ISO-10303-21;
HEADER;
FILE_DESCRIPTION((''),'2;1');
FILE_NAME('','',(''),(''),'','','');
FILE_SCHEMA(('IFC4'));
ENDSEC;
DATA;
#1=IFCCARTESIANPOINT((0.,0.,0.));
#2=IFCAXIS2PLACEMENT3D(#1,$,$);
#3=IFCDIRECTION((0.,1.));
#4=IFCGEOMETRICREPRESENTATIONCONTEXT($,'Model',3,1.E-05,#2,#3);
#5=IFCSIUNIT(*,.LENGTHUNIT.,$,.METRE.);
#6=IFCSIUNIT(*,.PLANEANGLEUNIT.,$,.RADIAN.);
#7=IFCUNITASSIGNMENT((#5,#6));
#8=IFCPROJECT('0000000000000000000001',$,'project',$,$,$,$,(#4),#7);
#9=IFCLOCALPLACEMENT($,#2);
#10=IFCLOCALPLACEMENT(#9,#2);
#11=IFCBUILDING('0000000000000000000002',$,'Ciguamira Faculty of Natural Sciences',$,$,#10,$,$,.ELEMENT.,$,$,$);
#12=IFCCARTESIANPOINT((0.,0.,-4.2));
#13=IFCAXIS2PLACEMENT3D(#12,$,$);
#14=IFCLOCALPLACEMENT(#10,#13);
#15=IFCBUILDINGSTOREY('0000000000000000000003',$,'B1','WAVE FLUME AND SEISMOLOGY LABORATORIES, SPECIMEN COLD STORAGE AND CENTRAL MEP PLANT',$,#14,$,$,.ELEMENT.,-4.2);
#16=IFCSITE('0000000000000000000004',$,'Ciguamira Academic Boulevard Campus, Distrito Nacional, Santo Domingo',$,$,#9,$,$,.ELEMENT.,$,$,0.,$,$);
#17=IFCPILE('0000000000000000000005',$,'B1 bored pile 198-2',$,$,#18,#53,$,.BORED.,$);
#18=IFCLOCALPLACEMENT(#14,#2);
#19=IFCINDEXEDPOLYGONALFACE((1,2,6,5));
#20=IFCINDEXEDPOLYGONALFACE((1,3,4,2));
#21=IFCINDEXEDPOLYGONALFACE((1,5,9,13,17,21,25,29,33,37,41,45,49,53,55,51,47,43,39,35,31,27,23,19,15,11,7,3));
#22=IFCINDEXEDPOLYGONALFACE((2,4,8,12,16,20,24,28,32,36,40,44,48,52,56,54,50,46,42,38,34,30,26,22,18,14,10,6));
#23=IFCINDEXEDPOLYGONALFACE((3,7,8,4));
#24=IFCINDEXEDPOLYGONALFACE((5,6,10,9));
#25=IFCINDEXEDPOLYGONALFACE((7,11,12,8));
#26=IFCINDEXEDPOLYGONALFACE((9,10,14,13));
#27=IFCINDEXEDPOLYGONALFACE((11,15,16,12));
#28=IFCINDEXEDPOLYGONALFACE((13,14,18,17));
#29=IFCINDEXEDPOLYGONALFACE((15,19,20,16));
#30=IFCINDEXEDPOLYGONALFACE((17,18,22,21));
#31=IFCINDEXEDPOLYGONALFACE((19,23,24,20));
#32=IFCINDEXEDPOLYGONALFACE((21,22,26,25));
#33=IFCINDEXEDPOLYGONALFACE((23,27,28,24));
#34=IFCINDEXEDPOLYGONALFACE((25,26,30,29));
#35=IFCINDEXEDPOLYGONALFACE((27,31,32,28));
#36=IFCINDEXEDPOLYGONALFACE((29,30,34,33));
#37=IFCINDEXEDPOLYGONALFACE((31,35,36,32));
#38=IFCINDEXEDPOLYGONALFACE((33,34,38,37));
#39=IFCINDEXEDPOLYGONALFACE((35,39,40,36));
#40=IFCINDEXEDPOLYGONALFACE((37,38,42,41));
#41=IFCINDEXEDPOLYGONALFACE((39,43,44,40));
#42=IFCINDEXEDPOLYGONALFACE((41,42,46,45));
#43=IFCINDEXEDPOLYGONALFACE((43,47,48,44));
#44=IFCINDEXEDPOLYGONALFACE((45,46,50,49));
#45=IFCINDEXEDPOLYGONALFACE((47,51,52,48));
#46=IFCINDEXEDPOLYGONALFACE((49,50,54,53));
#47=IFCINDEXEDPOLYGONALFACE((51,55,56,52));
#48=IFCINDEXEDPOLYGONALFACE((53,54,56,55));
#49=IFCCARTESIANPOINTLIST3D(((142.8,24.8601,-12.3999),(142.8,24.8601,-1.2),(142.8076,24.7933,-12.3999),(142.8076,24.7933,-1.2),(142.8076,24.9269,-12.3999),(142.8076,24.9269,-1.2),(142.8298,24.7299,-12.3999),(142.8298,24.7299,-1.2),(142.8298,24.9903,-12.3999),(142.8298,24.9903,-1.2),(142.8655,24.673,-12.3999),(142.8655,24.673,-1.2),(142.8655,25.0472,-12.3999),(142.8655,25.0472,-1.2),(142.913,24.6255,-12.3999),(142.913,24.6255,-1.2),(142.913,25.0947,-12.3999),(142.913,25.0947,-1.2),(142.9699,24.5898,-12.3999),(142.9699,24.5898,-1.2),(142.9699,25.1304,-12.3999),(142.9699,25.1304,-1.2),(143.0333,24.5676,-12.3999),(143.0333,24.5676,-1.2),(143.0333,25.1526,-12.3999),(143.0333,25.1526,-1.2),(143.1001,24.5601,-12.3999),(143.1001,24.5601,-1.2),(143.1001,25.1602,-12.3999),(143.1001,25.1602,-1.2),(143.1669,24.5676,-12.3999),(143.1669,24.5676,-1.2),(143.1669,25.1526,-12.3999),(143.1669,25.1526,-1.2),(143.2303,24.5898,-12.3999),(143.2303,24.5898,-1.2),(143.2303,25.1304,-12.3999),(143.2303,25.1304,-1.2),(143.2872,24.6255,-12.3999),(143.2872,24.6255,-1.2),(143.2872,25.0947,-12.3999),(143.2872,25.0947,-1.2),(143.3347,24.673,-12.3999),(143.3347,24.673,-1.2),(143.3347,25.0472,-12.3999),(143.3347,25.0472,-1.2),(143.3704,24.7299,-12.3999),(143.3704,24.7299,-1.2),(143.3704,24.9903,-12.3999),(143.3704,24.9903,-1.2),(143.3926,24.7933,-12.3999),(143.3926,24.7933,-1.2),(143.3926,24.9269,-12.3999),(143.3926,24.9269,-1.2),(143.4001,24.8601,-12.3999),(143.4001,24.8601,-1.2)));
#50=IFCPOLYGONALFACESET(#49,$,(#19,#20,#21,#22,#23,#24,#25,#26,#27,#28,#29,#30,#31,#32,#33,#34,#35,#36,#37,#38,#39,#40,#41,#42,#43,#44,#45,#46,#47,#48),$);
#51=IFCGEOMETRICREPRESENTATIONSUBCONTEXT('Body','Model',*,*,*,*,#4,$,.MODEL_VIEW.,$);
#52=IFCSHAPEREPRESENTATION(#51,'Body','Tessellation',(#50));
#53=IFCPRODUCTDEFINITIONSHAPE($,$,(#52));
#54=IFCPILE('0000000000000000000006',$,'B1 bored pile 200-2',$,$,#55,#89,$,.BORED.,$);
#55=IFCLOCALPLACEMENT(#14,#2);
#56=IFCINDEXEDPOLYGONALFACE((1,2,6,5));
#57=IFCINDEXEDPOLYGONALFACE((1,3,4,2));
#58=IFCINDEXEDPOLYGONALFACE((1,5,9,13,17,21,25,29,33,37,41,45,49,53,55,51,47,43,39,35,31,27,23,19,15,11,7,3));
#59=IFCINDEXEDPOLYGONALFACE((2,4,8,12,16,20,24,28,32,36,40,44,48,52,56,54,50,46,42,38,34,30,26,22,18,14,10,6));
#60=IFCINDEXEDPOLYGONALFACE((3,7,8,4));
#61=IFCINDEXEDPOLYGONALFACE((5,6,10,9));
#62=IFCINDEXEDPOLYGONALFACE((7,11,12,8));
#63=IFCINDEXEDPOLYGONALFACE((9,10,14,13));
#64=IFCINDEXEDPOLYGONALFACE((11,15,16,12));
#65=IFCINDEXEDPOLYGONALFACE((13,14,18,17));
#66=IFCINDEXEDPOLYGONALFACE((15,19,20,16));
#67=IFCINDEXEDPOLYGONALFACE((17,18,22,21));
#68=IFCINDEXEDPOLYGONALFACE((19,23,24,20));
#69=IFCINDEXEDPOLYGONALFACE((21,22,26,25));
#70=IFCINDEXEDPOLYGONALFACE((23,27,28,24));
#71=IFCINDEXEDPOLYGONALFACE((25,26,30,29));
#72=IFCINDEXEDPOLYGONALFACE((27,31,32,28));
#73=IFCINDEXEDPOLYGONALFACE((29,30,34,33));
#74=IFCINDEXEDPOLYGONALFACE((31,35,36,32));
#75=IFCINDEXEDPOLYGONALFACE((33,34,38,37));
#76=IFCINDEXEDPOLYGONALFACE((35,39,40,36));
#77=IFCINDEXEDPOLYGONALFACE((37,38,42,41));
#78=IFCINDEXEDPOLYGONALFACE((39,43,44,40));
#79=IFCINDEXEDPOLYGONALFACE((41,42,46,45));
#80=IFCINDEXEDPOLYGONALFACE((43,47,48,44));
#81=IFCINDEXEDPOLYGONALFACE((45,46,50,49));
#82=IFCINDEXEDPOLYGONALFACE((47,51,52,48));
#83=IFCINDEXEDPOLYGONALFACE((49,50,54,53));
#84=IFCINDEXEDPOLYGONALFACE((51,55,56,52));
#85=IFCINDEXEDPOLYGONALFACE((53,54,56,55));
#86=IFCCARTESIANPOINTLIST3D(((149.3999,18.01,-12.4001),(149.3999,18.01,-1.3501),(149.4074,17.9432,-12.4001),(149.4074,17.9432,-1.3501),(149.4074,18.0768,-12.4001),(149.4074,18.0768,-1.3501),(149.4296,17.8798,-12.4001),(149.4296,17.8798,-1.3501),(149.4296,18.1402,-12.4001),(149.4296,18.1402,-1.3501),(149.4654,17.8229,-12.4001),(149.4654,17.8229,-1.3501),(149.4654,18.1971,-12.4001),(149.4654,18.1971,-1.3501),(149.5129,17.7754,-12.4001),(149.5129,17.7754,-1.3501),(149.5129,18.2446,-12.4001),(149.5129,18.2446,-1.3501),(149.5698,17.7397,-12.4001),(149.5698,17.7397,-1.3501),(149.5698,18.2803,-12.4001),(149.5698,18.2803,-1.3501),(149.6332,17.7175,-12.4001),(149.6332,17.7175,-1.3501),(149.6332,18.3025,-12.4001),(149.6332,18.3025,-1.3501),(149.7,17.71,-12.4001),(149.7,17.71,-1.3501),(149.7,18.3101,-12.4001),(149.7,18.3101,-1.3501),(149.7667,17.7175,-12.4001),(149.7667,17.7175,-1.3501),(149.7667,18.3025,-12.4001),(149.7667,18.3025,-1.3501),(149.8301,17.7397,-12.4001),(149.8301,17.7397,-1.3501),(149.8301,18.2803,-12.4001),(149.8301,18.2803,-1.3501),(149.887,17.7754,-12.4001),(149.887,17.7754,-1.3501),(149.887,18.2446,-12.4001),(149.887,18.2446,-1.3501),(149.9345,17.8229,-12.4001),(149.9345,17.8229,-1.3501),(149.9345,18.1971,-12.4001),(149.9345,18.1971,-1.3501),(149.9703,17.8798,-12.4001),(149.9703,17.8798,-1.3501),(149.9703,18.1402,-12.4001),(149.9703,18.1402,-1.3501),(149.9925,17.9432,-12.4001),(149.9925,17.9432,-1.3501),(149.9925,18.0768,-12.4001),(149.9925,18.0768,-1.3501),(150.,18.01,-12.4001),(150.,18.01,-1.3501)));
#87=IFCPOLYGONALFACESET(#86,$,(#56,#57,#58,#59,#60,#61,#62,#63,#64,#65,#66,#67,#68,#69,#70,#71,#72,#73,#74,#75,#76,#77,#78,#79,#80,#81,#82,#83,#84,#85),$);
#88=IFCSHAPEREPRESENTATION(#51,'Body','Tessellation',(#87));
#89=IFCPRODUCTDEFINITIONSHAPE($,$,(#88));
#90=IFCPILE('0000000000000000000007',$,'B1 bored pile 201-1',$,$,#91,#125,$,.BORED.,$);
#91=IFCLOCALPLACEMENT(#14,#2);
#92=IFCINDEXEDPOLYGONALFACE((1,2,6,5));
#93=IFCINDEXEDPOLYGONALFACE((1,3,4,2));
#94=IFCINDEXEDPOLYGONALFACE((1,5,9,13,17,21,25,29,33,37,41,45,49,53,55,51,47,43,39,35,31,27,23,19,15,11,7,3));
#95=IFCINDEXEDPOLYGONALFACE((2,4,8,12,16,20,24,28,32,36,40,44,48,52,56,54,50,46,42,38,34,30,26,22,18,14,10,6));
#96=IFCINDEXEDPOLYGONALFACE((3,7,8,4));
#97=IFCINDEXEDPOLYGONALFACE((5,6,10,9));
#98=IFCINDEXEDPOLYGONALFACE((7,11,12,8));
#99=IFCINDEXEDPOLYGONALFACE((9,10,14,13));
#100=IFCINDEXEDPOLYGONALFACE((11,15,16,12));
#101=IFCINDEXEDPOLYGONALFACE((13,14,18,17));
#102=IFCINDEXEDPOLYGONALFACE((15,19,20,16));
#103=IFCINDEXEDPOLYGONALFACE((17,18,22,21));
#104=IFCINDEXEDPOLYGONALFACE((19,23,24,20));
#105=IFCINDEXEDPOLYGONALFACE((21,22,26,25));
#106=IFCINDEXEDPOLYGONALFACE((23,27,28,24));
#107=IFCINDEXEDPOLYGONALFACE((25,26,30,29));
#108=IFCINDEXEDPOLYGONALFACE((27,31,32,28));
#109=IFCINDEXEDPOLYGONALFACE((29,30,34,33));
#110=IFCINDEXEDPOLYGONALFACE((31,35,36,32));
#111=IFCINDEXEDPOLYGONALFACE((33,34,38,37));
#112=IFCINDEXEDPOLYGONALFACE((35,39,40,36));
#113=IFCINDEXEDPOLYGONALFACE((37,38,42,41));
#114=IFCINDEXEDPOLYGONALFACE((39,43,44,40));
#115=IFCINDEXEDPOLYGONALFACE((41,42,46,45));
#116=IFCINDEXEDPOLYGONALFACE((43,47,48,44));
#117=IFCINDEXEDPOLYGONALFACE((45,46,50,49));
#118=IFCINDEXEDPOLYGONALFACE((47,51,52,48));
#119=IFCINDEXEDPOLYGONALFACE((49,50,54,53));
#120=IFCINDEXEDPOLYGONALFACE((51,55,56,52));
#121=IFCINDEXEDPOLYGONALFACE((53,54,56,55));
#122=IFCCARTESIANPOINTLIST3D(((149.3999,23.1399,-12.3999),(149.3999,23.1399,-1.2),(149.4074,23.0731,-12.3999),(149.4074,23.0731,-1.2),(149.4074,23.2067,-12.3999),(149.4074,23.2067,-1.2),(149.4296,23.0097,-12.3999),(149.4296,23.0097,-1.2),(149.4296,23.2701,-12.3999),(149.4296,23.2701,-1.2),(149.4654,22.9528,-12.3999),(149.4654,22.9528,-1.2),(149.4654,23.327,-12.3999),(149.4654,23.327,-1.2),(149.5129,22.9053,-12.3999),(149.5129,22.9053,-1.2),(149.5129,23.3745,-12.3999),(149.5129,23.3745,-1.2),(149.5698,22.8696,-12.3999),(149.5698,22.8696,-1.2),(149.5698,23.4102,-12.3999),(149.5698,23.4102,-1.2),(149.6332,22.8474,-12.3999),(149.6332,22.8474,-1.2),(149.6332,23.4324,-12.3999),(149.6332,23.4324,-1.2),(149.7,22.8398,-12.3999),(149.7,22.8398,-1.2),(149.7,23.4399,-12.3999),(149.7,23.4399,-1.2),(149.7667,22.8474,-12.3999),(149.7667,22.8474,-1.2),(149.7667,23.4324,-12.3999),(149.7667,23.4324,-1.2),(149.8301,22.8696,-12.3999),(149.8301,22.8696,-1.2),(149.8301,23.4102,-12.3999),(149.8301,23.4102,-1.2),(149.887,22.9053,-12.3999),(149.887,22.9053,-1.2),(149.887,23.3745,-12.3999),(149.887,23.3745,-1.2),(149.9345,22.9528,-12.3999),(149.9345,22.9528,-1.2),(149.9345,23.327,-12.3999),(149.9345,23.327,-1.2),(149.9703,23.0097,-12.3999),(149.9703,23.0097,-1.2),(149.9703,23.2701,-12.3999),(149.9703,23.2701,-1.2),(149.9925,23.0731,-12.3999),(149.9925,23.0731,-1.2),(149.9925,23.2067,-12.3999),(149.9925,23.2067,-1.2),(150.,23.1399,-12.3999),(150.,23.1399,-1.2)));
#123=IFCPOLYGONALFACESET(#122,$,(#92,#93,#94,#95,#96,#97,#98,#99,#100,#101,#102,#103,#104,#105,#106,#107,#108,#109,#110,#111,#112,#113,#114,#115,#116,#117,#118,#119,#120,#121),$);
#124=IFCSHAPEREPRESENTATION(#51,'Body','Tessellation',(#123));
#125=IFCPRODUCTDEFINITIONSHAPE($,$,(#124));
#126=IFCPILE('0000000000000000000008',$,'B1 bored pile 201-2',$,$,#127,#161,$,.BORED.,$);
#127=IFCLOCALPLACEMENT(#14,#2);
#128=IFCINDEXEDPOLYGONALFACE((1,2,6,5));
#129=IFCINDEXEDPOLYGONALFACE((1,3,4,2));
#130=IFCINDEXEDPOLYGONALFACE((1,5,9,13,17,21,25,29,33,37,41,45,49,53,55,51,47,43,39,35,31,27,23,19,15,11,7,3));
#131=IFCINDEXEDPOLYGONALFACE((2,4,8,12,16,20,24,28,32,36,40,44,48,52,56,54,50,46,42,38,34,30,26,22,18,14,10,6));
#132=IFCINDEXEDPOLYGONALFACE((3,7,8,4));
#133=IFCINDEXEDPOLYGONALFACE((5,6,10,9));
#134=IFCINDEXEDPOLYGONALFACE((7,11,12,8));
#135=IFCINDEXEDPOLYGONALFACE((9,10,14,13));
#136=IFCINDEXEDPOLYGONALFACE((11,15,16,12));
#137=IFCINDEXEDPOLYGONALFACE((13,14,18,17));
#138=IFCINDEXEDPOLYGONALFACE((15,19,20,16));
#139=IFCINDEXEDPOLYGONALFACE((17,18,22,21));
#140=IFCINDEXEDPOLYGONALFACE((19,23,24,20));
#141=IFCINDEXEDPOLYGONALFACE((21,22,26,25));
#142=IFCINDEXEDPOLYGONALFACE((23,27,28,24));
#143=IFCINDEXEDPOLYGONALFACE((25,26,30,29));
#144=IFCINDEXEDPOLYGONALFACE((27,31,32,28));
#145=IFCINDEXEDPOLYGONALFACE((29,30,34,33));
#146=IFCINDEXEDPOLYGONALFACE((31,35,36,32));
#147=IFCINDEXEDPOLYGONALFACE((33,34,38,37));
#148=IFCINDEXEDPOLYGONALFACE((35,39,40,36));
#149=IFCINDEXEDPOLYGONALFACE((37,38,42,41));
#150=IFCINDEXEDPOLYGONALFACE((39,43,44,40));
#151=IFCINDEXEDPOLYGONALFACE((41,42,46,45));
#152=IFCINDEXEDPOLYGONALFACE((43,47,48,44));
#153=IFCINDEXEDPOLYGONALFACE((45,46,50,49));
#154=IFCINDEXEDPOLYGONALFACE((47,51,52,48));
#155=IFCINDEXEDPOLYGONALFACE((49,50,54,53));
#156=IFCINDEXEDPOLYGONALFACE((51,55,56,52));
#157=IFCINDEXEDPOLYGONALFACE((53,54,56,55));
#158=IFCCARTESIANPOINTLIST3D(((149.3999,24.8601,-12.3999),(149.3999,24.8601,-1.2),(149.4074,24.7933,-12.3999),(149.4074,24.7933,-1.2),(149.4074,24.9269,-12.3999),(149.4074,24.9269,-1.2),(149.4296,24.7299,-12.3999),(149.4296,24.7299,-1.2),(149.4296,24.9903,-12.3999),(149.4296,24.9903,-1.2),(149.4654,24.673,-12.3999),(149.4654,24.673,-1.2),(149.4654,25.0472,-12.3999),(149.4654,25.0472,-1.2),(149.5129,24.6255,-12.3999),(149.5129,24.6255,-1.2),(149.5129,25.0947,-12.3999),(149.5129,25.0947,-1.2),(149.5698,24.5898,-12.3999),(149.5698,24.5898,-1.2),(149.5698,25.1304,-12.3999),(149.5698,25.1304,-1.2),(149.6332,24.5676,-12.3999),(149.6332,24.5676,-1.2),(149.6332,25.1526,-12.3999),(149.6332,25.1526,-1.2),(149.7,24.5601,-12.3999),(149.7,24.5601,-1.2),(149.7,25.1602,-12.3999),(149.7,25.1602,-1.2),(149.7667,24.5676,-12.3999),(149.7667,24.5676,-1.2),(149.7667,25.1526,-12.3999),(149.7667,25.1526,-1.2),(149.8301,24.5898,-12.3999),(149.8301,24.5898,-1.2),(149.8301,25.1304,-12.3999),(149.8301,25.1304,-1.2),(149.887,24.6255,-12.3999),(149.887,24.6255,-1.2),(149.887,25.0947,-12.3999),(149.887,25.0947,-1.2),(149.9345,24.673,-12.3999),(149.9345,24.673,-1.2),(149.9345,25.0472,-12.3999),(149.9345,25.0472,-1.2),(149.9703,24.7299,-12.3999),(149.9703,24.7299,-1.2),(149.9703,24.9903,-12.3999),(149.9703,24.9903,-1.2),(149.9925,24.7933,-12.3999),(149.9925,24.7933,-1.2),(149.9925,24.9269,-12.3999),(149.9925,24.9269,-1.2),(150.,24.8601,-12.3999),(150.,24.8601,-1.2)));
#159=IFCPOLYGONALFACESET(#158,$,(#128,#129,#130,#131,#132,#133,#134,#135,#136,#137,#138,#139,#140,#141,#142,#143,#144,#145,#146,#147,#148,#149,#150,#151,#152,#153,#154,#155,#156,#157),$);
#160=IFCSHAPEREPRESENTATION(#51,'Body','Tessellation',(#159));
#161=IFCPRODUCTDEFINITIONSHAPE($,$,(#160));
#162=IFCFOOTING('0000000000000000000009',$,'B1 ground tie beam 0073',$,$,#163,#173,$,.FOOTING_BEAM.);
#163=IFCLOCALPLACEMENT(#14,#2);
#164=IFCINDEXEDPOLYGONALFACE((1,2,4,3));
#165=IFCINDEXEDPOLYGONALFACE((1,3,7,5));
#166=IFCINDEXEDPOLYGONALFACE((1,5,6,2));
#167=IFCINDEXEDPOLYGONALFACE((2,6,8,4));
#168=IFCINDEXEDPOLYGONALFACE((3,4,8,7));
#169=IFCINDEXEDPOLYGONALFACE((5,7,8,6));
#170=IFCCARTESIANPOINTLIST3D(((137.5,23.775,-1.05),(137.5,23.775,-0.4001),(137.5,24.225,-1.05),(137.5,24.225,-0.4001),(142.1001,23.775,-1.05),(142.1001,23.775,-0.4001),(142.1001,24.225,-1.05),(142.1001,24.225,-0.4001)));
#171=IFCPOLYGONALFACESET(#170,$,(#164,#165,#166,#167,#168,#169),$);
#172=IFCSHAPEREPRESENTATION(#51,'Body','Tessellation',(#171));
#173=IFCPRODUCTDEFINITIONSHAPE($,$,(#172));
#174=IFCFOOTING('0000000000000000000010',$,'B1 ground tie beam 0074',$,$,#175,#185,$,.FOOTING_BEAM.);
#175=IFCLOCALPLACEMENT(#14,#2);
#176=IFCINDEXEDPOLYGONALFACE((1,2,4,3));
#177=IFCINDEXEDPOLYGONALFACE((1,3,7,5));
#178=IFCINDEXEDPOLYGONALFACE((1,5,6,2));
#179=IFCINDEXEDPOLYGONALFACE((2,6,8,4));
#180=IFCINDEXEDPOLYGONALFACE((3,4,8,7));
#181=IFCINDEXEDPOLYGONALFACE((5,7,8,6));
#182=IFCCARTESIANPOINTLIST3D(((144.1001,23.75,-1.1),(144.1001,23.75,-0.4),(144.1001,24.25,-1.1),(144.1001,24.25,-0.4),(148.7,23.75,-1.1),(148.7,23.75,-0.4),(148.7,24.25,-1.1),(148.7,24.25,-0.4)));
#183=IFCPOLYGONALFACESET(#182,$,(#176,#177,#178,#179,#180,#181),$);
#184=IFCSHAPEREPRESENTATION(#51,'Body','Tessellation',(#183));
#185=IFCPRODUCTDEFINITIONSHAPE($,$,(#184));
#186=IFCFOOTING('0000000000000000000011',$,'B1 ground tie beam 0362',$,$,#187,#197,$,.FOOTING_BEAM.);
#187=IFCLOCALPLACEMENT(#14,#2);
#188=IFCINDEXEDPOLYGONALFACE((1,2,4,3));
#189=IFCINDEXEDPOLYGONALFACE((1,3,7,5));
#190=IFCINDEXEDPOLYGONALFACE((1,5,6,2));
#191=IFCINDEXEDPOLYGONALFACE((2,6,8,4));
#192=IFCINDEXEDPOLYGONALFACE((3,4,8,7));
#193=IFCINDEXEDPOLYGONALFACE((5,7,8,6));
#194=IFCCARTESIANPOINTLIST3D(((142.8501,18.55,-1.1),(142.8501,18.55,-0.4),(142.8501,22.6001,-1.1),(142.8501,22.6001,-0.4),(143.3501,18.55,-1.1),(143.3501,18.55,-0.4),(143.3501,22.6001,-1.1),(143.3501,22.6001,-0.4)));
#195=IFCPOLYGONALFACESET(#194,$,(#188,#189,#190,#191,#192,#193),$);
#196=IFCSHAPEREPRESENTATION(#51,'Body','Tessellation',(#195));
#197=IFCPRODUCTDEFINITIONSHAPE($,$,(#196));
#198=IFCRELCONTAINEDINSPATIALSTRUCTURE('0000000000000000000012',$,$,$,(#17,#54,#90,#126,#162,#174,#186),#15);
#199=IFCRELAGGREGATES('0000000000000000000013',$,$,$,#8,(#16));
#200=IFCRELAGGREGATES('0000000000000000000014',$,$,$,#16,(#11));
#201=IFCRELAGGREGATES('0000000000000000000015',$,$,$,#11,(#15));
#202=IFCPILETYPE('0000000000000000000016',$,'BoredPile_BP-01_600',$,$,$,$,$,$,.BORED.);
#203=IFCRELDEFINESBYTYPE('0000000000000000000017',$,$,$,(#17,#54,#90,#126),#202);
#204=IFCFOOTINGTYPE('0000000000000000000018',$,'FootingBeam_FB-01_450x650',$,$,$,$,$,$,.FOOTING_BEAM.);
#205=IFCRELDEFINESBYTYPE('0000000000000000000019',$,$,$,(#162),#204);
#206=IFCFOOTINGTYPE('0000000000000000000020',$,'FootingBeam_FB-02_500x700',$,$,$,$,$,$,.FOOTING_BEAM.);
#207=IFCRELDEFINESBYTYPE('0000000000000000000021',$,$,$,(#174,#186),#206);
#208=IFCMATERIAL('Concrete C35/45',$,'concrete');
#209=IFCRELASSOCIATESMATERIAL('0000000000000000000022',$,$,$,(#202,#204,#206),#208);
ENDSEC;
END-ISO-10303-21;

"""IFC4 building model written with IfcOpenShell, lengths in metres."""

from ifc_helpers import new_model, si_unit, direction, frame, origin, origin_2d, place, context, subcontext, project, spatial, rectangle, circle, extrude, material, material_profile, profile_set, type_object, element, save


model = new_model("IFC4")

# Units and contexts
model_context = context("Model", 3, precision=1e-05, world=origin(), true_north=direction((0.0, 1.0)))
body_context = subcontext(model_context, "Body", "Model", "MODEL_VIEW")
ifc_project = project(units=[si_unit("LENGTHUNIT", "METRE"), si_unit("PLANEANGLEUNIT", "RADIAN")], contexts=[model_context])

# Site, building, storey
site_placement = place(None, origin())
site = spatial("IfcSite", under=ifc_project, at=site_placement, Name="Ciguamira Academic Boulevard Campus, Distrito Nacional, Santo Domingo", CompositionType="ELEMENT", RefElevation=0.0)
building_placement = place(site_placement, origin())
building = spatial("IfcBuilding", under=site, at=building_placement, Name="Ciguamira Faculty of Natural Sciences", CompositionType="ELEMENT")
storey_placement = place(building_placement, frame((0.0, 0.0, -4.2)))
storey = spatial("IfcBuildingStorey", under=building, at=storey_placement, Name="B1", Description="WAVE FLUME AND SEISMOLOGY LABORATORIES, SPECIMEN COLD STORAGE AND CENTRAL MEP PLANT", CompositionType="ELEMENT", Elevation=-4.2)

# Piles
ifc_material_1 = material(Name="Concrete C35/45", Category="concrete")
ifc_material_profile_1 = material_profile(ifc_material_1, circle(Radius=0.3, at=origin_2d()), Name="PILE-BORED-600")
ifc_profile_set_1 = profile_set([ifc_material_profile_1], Name="Concrete C35/45")
pile_type = type_object("IfcPileType", Name="BoredPile_BP-01_600", PredefinedType="BORED", material=ifc_profile_set_1)
for number, where, z_axis, x_axis, name in (
    (1, (143.1001, 24.8601, -1.2), (0.0, 0.0, -1.0), (1.0, 0.0, 0.0), "B1 bored pile 198-2"),
):
    element("IfcPile", number, at=place(storey_placement, frame(where, z_axis=z_axis, x_axis=x_axis)), inside=storey, type_object=pile_type, Name=name, PredefinedType="BORED", context=body_context, shape_type="SweptSolid", body=[
        extrude(circle(Radius=0.3, at=origin_2d()), origin(), (0.0, 0.0, 1.0), 11.2),
    ])
pile_1_placement = place(storey_placement, frame((149.7, 18.01, -1.3501), z_axis=(0.0, 0.0, -1.0), x_axis=(1.0, 0.0, 0.0)))
element("IfcPile", 2, at=pile_1_placement, inside=storey, type_object=pile_type, Name="B1 bored pile 200-2", PredefinedType="BORED", context=body_context, shape_type="SweptSolid", body=[
    extrude(circle(Radius=0.3, at=origin_2d()), origin(), (0.0, 0.0, 1.0), 11.05),
])
for number, where, z_axis, x_axis, name in (
    (3, (149.7, 23.1399, -1.2), (0.0, 0.0, -1.0), (1.0, 0.0, 0.0), "B1 bored pile 201-1"),
    (4, (149.7, 24.8601, -1.2), (0.0, 0.0, -1.0), (1.0, 0.0, 0.0), "B1 bored pile 201-2"),
):
    element("IfcPile", number, at=place(storey_placement, frame(where, z_axis=z_axis, x_axis=x_axis)), inside=storey, type_object=pile_type, Name=name, PredefinedType="BORED", context=body_context, shape_type="SweptSolid", body=[
        extrude(circle(Radius=0.3, at=origin_2d()), origin(), (0.0, 0.0, 1.0), 11.2),
    ])

# Footings
ifc_material_profile_2 = material_profile(ifc_material_1, rectangle(XDim=0.45, YDim=0.6499, at=origin_2d()), Name="RC-FB-450X650")
ifc_profile_set_2 = profile_set([ifc_material_profile_2], Name="Concrete C35/45")
footing_type_1 = type_object("IfcFootingType", Name="FootingBeam_FB-01_450x650", PredefinedType="FOOTING_BEAM", material=ifc_profile_set_2)
footing_1_placement = place(storey_placement, frame((137.5, 24.0, -0.7251), z_axis=(1.0, 0.0, 0.0), x_axis=(0.0, 1.0, 0.0)))
element("IfcFooting", 5, at=footing_1_placement, inside=storey, type_object=footing_type_1, Name="B1 ground tie beam 0073", PredefinedType="FOOTING_BEAM", context=body_context, shape_type="SweptSolid", body=[
    extrude(rectangle(XDim=0.45, YDim=0.6499, at=origin_2d()), origin(), (0.0, 0.0, 1.0), 4.6001),
])
ifc_material_profile_3 = material_profile(ifc_material_1, rectangle(XDim=0.5, YDim=0.7, at=origin_2d()), Name="RC-FB-500X700")
ifc_profile_set_3 = profile_set([ifc_material_profile_3], Name="Concrete C35/45")
footing_type_2 = type_object("IfcFootingType", Name="FootingBeam_FB-02_500x700", PredefinedType="FOOTING_BEAM", material=ifc_profile_set_3)
footing_2_placement = place(storey_placement, frame((144.1001, 24.0, -0.75), z_axis=(1.0, 0.0, 0.0), x_axis=(0.0, 1.0, 0.0)))
element("IfcFooting", 6, at=footing_2_placement, inside=storey, type_object=footing_type_2, Name="B1 ground tie beam 0074", PredefinedType="FOOTING_BEAM", context=body_context, shape_type="SweptSolid", body=[
    extrude(rectangle(XDim=0.5, YDim=0.7, at=origin_2d()), origin(), (0.0, 0.0, 1.0), 4.5999),
])
footing_3_placement = place(storey_placement, frame((143.1001, 18.55, -0.75), z_axis=(0.0, 1.0, 0.0), x_axis=(-1.0, 0.0, 0.0)))
element("IfcFooting", 7, at=footing_3_placement, inside=storey, type_object=footing_type_2, Name="B1 ground tie beam 0362", PredefinedType="FOOTING_BEAM", context=body_context, shape_type="SweptSolid", body=[
    extrude(rectangle(XDim=0.5, YDim=0.7, at=origin_2d()), origin(), (0.0, 0.0, 1.0), 4.05),
])

save(model, "model.ifc")
